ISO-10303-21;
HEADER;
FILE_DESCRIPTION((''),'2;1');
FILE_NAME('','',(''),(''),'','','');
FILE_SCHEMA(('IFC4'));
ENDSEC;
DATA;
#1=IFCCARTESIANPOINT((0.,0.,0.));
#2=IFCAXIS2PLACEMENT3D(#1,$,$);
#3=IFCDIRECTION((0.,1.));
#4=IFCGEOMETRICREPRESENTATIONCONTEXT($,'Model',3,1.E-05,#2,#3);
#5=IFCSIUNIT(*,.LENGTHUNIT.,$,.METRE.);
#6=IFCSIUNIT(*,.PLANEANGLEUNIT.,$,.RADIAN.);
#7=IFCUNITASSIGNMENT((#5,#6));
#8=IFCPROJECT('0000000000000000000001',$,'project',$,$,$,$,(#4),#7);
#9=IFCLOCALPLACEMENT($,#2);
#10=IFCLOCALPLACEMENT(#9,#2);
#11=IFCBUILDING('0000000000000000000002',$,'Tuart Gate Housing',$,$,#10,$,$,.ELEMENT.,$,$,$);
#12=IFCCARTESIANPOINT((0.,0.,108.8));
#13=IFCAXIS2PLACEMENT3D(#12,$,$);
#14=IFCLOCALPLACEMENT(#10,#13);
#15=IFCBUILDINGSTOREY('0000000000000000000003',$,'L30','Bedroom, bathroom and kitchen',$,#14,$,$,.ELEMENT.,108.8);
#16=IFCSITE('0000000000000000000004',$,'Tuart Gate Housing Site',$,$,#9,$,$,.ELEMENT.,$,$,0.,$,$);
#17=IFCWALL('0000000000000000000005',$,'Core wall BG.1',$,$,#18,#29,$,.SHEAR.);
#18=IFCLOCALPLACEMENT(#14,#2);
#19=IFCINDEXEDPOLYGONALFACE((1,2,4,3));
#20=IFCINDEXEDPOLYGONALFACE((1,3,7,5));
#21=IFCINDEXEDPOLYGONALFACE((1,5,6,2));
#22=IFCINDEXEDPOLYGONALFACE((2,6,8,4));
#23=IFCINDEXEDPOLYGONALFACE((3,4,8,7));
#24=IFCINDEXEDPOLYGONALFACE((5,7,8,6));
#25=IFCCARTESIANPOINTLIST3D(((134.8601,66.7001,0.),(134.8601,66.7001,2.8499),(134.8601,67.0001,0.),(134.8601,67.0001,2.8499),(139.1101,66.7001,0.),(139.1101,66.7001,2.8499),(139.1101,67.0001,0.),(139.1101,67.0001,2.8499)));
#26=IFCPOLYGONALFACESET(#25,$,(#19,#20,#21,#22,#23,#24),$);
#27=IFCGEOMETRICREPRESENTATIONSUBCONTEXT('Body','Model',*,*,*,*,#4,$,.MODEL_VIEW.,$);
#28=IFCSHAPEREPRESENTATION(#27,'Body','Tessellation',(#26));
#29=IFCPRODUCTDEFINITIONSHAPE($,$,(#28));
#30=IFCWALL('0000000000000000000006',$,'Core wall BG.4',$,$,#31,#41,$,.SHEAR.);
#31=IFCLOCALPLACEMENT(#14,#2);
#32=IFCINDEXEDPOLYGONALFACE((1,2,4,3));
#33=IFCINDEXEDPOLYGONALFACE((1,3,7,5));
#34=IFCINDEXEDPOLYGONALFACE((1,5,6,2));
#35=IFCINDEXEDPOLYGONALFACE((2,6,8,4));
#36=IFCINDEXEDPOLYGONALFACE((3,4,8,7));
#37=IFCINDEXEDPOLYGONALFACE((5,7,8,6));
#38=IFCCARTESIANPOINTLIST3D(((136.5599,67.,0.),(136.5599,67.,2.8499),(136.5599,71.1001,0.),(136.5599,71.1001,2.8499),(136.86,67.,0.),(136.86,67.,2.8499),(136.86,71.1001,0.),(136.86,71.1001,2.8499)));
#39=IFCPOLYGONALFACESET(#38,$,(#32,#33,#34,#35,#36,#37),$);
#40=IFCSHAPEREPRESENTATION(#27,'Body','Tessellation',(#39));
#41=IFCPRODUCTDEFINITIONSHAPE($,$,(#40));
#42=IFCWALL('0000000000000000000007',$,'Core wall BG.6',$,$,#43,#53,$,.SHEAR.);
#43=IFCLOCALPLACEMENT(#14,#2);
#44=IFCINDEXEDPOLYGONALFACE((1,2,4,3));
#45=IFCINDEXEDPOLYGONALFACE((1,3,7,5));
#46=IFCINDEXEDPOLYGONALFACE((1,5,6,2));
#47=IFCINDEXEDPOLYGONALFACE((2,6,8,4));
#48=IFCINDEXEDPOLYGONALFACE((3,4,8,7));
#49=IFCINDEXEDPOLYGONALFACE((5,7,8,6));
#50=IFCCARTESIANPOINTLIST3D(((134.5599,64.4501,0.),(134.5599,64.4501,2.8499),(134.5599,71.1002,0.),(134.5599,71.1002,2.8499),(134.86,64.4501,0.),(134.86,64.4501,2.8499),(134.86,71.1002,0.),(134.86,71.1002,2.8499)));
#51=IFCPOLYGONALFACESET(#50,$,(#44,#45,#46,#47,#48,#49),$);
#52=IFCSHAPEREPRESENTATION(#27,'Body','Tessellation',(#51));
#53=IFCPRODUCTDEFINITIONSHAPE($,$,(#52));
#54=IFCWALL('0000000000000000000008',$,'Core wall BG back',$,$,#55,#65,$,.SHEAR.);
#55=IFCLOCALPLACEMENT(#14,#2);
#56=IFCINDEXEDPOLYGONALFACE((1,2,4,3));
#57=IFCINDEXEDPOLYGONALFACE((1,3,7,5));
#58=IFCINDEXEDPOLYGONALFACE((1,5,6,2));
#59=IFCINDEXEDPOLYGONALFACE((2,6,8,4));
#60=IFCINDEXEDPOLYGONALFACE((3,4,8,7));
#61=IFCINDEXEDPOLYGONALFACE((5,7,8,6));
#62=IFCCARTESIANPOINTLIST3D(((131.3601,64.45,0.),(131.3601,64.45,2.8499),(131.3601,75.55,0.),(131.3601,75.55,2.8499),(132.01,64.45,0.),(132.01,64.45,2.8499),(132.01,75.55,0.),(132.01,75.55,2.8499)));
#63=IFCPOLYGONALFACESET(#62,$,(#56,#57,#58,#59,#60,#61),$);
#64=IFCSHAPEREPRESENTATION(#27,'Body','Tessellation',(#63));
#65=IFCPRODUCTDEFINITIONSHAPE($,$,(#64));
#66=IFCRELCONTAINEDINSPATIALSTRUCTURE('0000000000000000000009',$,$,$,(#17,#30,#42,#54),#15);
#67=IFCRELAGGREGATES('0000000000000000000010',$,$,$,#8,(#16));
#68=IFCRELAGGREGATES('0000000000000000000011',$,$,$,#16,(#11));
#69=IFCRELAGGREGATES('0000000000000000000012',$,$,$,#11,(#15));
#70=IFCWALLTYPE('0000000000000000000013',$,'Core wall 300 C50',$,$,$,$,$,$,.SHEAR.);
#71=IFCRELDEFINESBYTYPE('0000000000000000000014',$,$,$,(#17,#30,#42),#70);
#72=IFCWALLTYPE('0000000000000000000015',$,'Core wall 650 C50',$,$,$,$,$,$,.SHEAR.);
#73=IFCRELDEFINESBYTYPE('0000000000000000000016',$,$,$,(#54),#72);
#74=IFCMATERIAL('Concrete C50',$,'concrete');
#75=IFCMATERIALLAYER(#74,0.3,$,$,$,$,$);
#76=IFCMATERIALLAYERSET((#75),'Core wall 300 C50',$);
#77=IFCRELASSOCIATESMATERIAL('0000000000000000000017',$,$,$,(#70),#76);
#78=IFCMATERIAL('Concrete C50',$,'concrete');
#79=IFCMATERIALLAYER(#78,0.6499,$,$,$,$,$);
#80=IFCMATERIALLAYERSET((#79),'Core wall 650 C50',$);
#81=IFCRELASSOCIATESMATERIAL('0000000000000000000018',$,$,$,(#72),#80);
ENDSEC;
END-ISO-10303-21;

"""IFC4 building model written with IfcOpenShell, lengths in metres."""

from ifc_helpers import new_model, si_unit, direction, frame, frame_2d, origin, place, context, subcontext, project, spatial, rectangle, extrude, material, layer, layer_set, type_object, element, save


model = new_model("IFC4")

# Units and contexts
model_context = context("Model", 3, precision=1e-05, world=origin(), true_north=direction((0.0, 1.0)))
body_context = subcontext(model_context, "Body", "Model", "MODEL_VIEW")
ifc_project = project(units=[si_unit("LENGTHUNIT", "METRE"), si_unit("PLANEANGLEUNIT", "RADIAN")], contexts=[model_context])

# Site, building, storey
site_placement = place(None, origin())
site = spatial("IfcSite", under=ifc_project, at=site_placement, Name="Tuart Gate Housing Site", CompositionType="ELEMENT", RefElevation=0.0)
building_placement = place(site_placement, origin())
building = spatial("IfcBuilding", under=site, at=building_placement, Name="Tuart Gate Housing", CompositionType="ELEMENT")
storey_placement = place(building_placement, frame((0.0, 0.0, 108.8)))
storey = spatial("IfcBuildingStorey", under=building, at=storey_placement, Name="L30", Description="Bedroom, bathroom and kitchen", CompositionType="ELEMENT", Elevation=108.8)

# Walls
ifc_material_1 = material(Name="Concrete C50", Category="concrete")
ifc_layer_1 = layer(ifc_material_1, 0.3)
ifc_layer_set_1 = layer_set([ifc_layer_1], Name="Core wall 300 C50")
wall_type_1 = type_object("IfcWallType", Name="Core wall 300 C50", PredefinedType="SHEAR", material=ifc_layer_set_1)
wall_1_placement = place(storey_placement, frame((139.1101, 66.8501, 0.0), z_axis=(0.0, 0.0, 1.0), x_axis=(-1.0, 0.0, 0.0)))
element("IfcWall", 1, at=wall_1_placement, inside=storey, type_object=wall_type_1, Name="Core wall BG.1", PredefinedType="SHEAR", context=body_context, shape_type="SweptSolid", body=[
    extrude(rectangle(XDim=4.25, YDim=0.3, at=frame_2d((2.125, 0.0))), origin(), (0.0, 0.0, 1.0), 2.8499),
])
wall_2_placement = place(storey_placement, frame((136.71, 67.0, 0.0), z_axis=(0.0, 0.0, 1.0), x_axis=(0.0, 1.0, 0.0)))
element("IfcWall", 2, at=wall_2_placement, inside=storey, type_object=wall_type_1, Name="Core wall BG.4", PredefinedType="SHEAR", context=body_context, shape_type="SweptSolid", body=[
    extrude(rectangle(XDim=4.1001, YDim=0.3, at=frame_2d((2.05, 0.0))), origin(), (0.0, 0.0, 1.0), 2.8499),
])
wall_3_placement = place(storey_placement, frame((134.71, 64.45, 0.0), z_axis=(0.0, 0.0, 1.0), x_axis=(0.0, 1.0, 0.0)))
element("IfcWall", 3, at=wall_3_placement, inside=storey, type_object=wall_type_1, Name="Core wall BG.6", PredefinedType="SHEAR", context=body_context, shape_type="SweptSolid", body=[
    extrude(rectangle(XDim=6.6501, YDim=0.3, at=frame_2d((3.3252, 0.0))), origin(), (0.0, 0.0, 1.0), 2.8499),
])
ifc_material_2 = material(Name="Concrete C50", Category="concrete")
ifc_layer_2 = layer(ifc_material_2, 0.6499)
ifc_layer_set_2 = layer_set([ifc_layer_2], Name="Core wall 650 C50")
wall_type_2 = type_object("IfcWallType", Name="Core wall 650 C50", PredefinedType="SHEAR", material=ifc_layer_set_2)
wall_4_placement = place(storey_placement, frame((131.6851, 64.45, 0.0), z_axis=(0.0, 0.0, 1.0), x_axis=(0.0, 1.0, 0.0)))
element("IfcWall", 4, at=wall_4_placement, inside=storey, type_object=wall_type_2, Name="Core wall BG back", PredefinedType="SHEAR", context=body_context, shape_type="SweptSolid", body=[
    extrude(rectangle(XDim=11.1001, YDim=0.6499, at=frame_2d((5.55, 0.0))), origin(), (0.0, 0.0, 1.0), 2.8499),
])

save(model, "model.ifc")
